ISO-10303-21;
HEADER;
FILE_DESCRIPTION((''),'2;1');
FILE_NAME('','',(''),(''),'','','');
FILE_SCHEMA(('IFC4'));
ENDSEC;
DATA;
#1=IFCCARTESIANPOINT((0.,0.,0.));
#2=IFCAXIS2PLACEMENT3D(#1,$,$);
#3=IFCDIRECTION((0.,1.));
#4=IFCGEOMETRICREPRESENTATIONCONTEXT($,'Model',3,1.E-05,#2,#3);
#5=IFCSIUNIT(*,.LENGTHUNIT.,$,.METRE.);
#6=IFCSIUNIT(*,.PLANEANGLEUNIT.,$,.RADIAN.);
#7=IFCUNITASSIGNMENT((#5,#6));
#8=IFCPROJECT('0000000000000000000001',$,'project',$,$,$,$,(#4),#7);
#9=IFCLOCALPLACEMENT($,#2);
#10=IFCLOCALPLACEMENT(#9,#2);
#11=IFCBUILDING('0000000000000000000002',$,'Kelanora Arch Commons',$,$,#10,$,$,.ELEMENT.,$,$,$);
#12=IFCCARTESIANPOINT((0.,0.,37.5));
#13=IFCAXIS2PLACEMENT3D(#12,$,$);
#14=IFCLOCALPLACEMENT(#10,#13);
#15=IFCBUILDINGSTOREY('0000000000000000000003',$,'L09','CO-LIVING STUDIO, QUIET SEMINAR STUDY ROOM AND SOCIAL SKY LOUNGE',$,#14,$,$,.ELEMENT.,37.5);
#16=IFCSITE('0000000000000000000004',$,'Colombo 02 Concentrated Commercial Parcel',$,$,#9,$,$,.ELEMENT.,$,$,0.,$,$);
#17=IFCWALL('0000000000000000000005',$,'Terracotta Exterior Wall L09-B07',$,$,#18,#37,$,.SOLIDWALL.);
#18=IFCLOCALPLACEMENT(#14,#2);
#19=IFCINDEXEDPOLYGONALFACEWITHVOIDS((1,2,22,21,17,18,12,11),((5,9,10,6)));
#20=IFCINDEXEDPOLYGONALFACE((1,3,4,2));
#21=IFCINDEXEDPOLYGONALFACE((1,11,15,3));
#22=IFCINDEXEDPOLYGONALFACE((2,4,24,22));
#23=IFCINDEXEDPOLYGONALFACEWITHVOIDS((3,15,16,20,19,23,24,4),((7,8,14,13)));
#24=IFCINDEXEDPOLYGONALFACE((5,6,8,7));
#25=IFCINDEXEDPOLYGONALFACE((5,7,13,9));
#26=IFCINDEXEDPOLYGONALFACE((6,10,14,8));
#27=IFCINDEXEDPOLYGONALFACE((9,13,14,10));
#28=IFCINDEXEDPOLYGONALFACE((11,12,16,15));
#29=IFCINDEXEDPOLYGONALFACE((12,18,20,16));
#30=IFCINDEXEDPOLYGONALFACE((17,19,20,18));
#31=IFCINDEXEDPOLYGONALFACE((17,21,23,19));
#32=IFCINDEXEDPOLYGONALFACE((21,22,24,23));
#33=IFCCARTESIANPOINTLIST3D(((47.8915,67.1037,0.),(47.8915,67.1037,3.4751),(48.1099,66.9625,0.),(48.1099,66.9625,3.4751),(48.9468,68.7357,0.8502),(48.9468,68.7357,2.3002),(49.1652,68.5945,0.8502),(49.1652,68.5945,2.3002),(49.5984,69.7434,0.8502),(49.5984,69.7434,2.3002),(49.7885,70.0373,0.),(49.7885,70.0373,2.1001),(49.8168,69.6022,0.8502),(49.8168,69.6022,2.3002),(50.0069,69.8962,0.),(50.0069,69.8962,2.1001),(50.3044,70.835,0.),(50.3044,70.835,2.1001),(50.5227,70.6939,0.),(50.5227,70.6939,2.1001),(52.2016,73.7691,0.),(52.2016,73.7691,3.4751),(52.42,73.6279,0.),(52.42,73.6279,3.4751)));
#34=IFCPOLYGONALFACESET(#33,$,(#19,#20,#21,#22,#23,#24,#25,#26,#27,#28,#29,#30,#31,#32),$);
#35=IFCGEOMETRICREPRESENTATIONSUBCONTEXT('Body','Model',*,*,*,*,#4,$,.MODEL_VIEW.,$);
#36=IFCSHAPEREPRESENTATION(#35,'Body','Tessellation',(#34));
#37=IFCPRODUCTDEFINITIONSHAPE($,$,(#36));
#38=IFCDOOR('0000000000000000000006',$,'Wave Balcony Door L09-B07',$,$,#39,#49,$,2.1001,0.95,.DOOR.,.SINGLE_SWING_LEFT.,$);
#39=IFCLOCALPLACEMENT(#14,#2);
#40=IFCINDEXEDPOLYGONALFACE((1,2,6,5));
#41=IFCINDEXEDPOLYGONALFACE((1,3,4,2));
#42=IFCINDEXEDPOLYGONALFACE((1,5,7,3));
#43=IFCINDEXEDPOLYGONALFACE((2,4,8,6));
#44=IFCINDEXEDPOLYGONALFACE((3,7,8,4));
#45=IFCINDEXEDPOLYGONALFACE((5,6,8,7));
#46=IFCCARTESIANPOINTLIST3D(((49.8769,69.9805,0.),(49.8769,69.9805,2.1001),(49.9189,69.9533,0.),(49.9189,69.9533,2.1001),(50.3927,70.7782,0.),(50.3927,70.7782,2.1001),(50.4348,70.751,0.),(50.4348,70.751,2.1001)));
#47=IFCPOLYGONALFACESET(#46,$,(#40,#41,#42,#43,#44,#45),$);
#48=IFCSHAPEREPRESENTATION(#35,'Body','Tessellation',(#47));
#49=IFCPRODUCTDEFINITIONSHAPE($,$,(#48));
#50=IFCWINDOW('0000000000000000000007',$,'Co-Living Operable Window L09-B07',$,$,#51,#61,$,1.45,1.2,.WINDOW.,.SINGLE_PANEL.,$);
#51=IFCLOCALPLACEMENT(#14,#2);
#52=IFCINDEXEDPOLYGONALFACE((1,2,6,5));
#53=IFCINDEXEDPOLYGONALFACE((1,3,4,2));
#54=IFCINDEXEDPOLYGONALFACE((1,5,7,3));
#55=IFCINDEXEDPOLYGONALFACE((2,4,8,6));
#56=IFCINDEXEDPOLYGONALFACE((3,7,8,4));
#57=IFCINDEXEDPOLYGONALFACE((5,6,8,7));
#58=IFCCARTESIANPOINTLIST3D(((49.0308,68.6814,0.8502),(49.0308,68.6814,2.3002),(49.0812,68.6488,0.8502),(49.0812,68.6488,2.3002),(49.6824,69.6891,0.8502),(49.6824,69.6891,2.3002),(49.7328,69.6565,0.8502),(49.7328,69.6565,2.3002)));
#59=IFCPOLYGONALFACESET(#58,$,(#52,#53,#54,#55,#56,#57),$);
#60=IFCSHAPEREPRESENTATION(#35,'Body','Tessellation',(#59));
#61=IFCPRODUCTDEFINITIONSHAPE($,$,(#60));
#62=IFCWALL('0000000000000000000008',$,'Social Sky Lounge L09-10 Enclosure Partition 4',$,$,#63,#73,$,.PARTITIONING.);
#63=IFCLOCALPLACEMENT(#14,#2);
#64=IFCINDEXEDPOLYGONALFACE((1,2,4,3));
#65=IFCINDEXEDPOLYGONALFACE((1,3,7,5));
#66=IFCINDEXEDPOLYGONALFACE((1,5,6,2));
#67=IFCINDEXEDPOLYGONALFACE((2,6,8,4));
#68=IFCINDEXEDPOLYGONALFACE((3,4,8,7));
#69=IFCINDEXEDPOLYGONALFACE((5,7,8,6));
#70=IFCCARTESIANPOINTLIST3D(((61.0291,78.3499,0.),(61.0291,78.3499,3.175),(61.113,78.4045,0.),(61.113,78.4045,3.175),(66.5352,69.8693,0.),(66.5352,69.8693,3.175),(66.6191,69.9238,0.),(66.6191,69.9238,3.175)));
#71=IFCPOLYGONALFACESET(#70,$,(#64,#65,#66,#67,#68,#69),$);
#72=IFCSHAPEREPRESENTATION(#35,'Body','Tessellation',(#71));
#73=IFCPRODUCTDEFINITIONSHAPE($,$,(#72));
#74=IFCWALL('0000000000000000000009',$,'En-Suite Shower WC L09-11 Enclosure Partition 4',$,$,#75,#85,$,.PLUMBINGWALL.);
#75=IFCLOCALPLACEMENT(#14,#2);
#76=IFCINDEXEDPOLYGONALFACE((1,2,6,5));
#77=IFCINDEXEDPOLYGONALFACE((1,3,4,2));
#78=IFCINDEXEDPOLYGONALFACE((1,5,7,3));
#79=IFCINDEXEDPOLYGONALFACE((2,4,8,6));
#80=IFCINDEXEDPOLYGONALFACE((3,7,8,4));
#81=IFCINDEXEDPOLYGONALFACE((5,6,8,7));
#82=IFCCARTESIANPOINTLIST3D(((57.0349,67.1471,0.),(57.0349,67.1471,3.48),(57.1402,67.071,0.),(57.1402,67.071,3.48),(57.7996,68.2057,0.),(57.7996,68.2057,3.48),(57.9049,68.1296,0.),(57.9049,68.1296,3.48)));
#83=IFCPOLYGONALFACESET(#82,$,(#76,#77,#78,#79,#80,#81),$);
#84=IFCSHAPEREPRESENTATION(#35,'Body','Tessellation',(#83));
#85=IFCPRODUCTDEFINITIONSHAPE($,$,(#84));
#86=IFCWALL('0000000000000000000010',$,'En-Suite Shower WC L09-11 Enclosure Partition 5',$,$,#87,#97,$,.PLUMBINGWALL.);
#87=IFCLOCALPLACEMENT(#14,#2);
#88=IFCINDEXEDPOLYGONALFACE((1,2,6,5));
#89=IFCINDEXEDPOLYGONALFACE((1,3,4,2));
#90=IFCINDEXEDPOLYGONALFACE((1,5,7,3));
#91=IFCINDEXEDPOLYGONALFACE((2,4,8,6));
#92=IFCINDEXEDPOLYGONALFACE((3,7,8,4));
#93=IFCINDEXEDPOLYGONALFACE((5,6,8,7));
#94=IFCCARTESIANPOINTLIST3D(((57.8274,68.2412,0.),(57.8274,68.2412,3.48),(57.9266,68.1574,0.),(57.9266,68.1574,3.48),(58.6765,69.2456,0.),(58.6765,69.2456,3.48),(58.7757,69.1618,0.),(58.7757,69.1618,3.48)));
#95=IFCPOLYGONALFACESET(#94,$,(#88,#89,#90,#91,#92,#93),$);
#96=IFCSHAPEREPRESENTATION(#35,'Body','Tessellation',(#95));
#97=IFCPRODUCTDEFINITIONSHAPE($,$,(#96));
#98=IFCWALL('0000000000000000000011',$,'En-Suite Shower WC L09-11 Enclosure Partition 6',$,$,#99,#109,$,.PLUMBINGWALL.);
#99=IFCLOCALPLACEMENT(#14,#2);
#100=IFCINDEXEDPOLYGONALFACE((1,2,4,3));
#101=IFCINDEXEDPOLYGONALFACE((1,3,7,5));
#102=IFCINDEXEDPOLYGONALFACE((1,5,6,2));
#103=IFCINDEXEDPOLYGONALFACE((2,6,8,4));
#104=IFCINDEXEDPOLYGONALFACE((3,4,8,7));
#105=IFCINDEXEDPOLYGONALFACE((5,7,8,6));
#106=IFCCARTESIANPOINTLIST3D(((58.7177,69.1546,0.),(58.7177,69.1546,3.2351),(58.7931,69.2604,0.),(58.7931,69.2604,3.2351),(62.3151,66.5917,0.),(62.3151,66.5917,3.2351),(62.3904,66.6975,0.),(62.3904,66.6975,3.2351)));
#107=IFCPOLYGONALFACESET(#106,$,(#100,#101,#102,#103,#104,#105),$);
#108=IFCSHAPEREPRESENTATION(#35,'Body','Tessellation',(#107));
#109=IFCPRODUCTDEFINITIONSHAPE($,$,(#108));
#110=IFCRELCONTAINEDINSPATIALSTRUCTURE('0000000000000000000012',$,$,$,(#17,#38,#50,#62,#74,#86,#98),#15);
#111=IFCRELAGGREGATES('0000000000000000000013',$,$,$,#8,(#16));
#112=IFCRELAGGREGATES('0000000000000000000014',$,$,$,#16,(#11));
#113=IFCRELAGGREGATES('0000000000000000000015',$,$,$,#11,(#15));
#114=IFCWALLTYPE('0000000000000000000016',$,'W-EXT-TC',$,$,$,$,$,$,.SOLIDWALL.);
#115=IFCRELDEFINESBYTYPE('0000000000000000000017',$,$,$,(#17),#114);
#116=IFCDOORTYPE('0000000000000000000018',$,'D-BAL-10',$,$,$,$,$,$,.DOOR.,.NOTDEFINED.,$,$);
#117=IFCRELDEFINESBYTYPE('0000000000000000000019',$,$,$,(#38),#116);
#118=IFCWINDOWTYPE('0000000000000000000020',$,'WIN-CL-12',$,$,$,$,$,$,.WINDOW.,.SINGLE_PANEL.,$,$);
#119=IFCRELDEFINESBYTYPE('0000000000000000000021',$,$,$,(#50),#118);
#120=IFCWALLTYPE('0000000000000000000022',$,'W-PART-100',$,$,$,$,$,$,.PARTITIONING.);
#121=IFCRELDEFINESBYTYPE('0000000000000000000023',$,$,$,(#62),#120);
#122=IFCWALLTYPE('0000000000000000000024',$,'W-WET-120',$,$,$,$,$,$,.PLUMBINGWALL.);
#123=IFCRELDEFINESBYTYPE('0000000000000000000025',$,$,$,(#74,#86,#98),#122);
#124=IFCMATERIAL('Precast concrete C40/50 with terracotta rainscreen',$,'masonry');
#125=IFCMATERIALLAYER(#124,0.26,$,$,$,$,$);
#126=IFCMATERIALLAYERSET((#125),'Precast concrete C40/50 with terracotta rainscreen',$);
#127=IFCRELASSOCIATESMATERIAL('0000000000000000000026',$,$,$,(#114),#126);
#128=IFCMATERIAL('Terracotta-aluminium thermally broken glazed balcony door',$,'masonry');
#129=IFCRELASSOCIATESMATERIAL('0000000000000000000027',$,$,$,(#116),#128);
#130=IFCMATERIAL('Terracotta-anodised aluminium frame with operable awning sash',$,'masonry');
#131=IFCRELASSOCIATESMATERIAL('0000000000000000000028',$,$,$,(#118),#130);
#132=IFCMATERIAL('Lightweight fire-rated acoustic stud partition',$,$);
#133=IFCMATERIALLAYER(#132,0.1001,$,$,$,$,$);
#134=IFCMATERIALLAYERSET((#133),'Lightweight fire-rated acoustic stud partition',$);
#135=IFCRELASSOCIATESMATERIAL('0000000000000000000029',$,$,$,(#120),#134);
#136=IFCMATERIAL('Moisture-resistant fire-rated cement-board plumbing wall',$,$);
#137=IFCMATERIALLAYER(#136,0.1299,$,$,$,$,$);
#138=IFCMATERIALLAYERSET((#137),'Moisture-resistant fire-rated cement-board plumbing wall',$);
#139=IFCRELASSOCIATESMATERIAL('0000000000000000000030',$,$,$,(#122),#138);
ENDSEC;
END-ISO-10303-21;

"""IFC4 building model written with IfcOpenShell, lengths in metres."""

from ifc_helpers import new_model, si_unit, direction, frame, frame_2d, origin, place, context, subcontext, project, spatial, rectangle, extrude, material, layer, layer_set, type_object, element, fill, save


model = new_model("IFC4")

# Units and contexts
model_context = context("Model", 3, precision=1e-05, world=origin(), true_north=direction((0.0, 1.0)))
body_context = subcontext(model_context, "Body", "Model", "MODEL_VIEW")
ifc_project = project(units=[si_unit("LENGTHUNIT", "METRE"), si_unit("PLANEANGLEUNIT", "RADIAN")], contexts=[model_context])

# Site, building, storey
site_placement = place(None, origin())
site = spatial("IfcSite", under=ifc_project, at=site_placement, Name="Colombo 02 Concentrated Commercial Parcel", CompositionType="ELEMENT", RefElevation=0.0)
building_placement = place(site_placement, origin())
building = spatial("IfcBuilding", under=site, at=building_placement, Name="Kelanora Arch Commons", CompositionType="ELEMENT")
storey_placement = place(building_placement, frame((0.0, 0.0, 37.5)))
storey = spatial("IfcBuildingStorey", under=building, at=storey_placement, Name="L09", Description="CO-LIVING STUDIO, QUIET SEMINAR STUDY ROOM AND SOCIAL SKY LOUNGE", CompositionType="ELEMENT", Elevation=37.5)

# Shared definitions
ifc_material_1 = material(Name="Precast concrete C40/50 with terracotta rainscreen", Category="masonry")
ifc_layer_1 = layer(ifc_material_1, 0.26)
ifc_layer_set_1 = layer_set([ifc_layer_1], Name="Precast concrete C40/50 with terracotta rainscreen")
wall_type_1 = type_object("IfcWallType", Name="W-EXT-TC", PredefinedType="SOLIDWALL", material=ifc_layer_set_1)

# Wall, openings, door, window
wall_1_placement = place(storey_placement, frame((52.3108, 73.6985, 0.0), z_axis=(0.0, 0.0, 1.0), x_axis=(-0.543005, -0.839729, 0.0)))
wall_1 = element("IfcWall", 1, at=wall_1_placement, inside=storey, type_object=wall_type_1, Name="Terracotta Exterior Wall L09-B07", PredefinedType="SOLIDWALL", context=body_context, shape_type="SweptSolid", body=[
    extrude(rectangle(XDim=7.9375, YDim=0.26, at=frame_2d((3.9688, 0.0))), origin(), (0.0, 0.0, 1.0), 3.4751),
])
opening_1_placement = place(wall_1_placement, frame((3.4939, 0.0, 0.0)))
opening_1 = element("IfcOpeningElement", 2, at=opening_1_placement, cuts=wall_1, PredefinedType="OPENING", context=body_context, shape_type="SweptSolid", body=[
    extrude(rectangle(XDim=0.95, YDim=2.1001, at=frame_2d((0.4751, 1.05))), frame((0.0, 0.1401, 0.0), z_axis=(0.0, -1.0, 0.0), x_axis=(1.0, 0.0, 0.0)), (0.0, 0.0, 1.0), 0.28),
])
opening_2_placement = place(wall_1_placement, frame((4.7939, 0.0, 0.8501)))
opening_2 = element("IfcOpeningElement", 3, at=opening_2_placement, cuts=wall_1, PredefinedType="OPENING", context=body_context, shape_type="SweptSolid", body=[
    extrude(rectangle(XDim=1.2, YDim=1.45, at=frame_2d((0.6001, 0.7251))), frame((0.0, 0.1401, 0.0), z_axis=(0.0, -1.0, 0.0), x_axis=(1.0, 0.0, 0.0)), (0.0, 0.0, 1.0), 0.28),
])
ifc_material_2 = material(Name="Terracotta-aluminium thermally broken glazed balcony door", Category="masonry")
door_type = type_object("IfcDoorType", Name="D-BAL-10", OperationType="NOTDEFINED", PredefinedType="DOOR", material=ifc_material_2)
door_placement = place(opening_1_placement, frame((0.95, 0.0, 0.0), z_axis=(0.0, 0.0, 1.0), x_axis=(-1.0, 0.0, 0.0)))
door = element("IfcDoor", 4, at=door_placement, inside=storey, type_object=door_type, Name="Wave Balcony Door L09-B07", OperationType="SINGLE_SWING_LEFT", OverallHeight=2.1001, OverallWidth=0.95, PredefinedType="DOOR", context=body_context, shape_type="SweptSolid", body=[
    extrude(rectangle(XDim=0.95, YDim=2.1001, at=frame_2d((0.4751, 1.05))), frame((0.0, 0.0249, 0.0), z_axis=(0.0, -1.0, 0.0), x_axis=(1.0, 0.0, 0.0)), (0.0, 0.0, 1.0), 0.05),
])
fill(opening_1, door)
ifc_material_3 = material(Name="Terracotta-anodised aluminium frame with operable awning sash", Category="masonry")
window_type_1 = type_object("IfcWindowType", Name="WIN-CL-12", PartitioningType="SINGLE_PANEL", PredefinedType="WINDOW", material=ifc_material_3)
window_1_placement = place(opening_2_placement, origin())
window_1 = element("IfcWindow", 5, at=window_1_placement, inside=storey, type_object=window_type_1, Name="Co-Living Operable Window L09-B07", OverallHeight=1.45, OverallWidth=1.2, PartitioningType="SINGLE_PANEL", PredefinedType="WINDOW", context=body_context, shape_type="SweptSolid", body=[
    extrude(rectangle(XDim=1.2, YDim=1.45, at=frame_2d((0.6001, 0.7251))), frame((0.0, 0.03, 0.0), z_axis=(0.0, -1.0, 0.0), x_axis=(1.0, 0.0, 0.0)), (0.0, 0.0, 1.0), 0.0601),
])
fill(opening_2, window_1)

# Walls
ifc_material_4 = material(Name="Lightweight fire-rated acoustic stud partition")
ifc_layer_2 = layer(ifc_material_4, 0.1001)
ifc_layer_set_2 = layer_set([ifc_layer_2], Name="Lightweight fire-rated acoustic stud partition")
wall_type_2 = type_object("IfcWallType", Name="W-PART-100", PredefinedType="PARTITIONING", material=ifc_layer_set_2)
wall_2_placement = place(storey_placement, frame((61.071, 78.3772, 0.0), z_axis=(0.0, 0.0, 1.0), x_axis=(0.544546, -0.838731, 0.0)))
element("IfcWall", 6, at=wall_2_placement, inside=storey, type_object=wall_type_2, Name="Social Sky Lounge L09-10 Enclosure Partition 4", PredefinedType="PARTITIONING", context=body_context, shape_type="SweptSolid", body=[
    extrude(rectangle(XDim=10.1113, YDim=0.1001, at=frame_2d((5.0557, 0.0))), origin(), (0.0, 0.0, 1.0), 3.175),
])
ifc_material_5 = material(Name="Moisture-resistant fire-rated cement-board plumbing wall")
ifc_layer_3 = layer(ifc_material_5, 0.1299)
ifc_layer_set_3 = layer_set([ifc_layer_3], Name="Moisture-resistant fire-rated cement-board plumbing wall")
wall_type_3 = type_object("IfcWallType", Name="W-WET-120", PredefinedType="PLUMBINGWALL", material=ifc_layer_set_3)
wall_3_placement = place(storey_placement, frame((57.0876, 67.1091, 0.0), z_axis=(0.0, 0.0, 1.0), x_axis=(0.585545, 0.81064, 0.0)))
element("IfcWall", 7, at=wall_3_placement, inside=storey, type_object=wall_type_3, Name="En-Suite Shower WC L09-11 Enclosure Partition 4", PredefinedType="PLUMBINGWALL", context=body_context, shape_type="SweptSolid", body=[
    extrude(rectangle(XDim=1.3059, YDim=0.1299, at=frame_2d((0.6528, 0.0))), origin(), (0.0, 0.0, 1.0), 3.48),
])
wall_4_placement = place(storey_placement, frame((57.877, 68.1992, 0.0), z_axis=(0.0, 0.0, 1.0), x_axis=(0.645609, 0.763668, 0.0)))
element("IfcWall", 8, at=wall_4_placement, inside=storey, type_object=wall_type_3, Name="En-Suite Shower WC L09-11 Enclosure Partition 5", PredefinedType="PLUMBINGWALL", context=body_context, shape_type="SweptSolid", body=[
    extrude(rectangle(XDim=1.3152, YDim=0.1299, at=frame_2d((0.6577, 0.0))), origin(), (0.0, 0.0, 1.0), 3.48),
])
wall_5_placement = place(storey_placement, frame((58.7554, 69.2075, 0.0), z_axis=(0.0, 0.0, 1.0), x_axis=(0.814439, -0.58025, 0.0)))
element("IfcWall", 9, at=wall_5_placement, inside=storey, type_object=wall_type_3, Name="En-Suite Shower WC L09-11 Enclosure Partition 6", PredefinedType="PLUMBINGWALL", context=body_context, shape_type="SweptSolid", body=[
    extrude(rectangle(XDim=4.417, YDim=0.1299, at=frame_2d((2.2085, 0.0))), origin(), (0.0, 0.0, 1.0), 3.2351),
])

save(model, "model.ifc")
